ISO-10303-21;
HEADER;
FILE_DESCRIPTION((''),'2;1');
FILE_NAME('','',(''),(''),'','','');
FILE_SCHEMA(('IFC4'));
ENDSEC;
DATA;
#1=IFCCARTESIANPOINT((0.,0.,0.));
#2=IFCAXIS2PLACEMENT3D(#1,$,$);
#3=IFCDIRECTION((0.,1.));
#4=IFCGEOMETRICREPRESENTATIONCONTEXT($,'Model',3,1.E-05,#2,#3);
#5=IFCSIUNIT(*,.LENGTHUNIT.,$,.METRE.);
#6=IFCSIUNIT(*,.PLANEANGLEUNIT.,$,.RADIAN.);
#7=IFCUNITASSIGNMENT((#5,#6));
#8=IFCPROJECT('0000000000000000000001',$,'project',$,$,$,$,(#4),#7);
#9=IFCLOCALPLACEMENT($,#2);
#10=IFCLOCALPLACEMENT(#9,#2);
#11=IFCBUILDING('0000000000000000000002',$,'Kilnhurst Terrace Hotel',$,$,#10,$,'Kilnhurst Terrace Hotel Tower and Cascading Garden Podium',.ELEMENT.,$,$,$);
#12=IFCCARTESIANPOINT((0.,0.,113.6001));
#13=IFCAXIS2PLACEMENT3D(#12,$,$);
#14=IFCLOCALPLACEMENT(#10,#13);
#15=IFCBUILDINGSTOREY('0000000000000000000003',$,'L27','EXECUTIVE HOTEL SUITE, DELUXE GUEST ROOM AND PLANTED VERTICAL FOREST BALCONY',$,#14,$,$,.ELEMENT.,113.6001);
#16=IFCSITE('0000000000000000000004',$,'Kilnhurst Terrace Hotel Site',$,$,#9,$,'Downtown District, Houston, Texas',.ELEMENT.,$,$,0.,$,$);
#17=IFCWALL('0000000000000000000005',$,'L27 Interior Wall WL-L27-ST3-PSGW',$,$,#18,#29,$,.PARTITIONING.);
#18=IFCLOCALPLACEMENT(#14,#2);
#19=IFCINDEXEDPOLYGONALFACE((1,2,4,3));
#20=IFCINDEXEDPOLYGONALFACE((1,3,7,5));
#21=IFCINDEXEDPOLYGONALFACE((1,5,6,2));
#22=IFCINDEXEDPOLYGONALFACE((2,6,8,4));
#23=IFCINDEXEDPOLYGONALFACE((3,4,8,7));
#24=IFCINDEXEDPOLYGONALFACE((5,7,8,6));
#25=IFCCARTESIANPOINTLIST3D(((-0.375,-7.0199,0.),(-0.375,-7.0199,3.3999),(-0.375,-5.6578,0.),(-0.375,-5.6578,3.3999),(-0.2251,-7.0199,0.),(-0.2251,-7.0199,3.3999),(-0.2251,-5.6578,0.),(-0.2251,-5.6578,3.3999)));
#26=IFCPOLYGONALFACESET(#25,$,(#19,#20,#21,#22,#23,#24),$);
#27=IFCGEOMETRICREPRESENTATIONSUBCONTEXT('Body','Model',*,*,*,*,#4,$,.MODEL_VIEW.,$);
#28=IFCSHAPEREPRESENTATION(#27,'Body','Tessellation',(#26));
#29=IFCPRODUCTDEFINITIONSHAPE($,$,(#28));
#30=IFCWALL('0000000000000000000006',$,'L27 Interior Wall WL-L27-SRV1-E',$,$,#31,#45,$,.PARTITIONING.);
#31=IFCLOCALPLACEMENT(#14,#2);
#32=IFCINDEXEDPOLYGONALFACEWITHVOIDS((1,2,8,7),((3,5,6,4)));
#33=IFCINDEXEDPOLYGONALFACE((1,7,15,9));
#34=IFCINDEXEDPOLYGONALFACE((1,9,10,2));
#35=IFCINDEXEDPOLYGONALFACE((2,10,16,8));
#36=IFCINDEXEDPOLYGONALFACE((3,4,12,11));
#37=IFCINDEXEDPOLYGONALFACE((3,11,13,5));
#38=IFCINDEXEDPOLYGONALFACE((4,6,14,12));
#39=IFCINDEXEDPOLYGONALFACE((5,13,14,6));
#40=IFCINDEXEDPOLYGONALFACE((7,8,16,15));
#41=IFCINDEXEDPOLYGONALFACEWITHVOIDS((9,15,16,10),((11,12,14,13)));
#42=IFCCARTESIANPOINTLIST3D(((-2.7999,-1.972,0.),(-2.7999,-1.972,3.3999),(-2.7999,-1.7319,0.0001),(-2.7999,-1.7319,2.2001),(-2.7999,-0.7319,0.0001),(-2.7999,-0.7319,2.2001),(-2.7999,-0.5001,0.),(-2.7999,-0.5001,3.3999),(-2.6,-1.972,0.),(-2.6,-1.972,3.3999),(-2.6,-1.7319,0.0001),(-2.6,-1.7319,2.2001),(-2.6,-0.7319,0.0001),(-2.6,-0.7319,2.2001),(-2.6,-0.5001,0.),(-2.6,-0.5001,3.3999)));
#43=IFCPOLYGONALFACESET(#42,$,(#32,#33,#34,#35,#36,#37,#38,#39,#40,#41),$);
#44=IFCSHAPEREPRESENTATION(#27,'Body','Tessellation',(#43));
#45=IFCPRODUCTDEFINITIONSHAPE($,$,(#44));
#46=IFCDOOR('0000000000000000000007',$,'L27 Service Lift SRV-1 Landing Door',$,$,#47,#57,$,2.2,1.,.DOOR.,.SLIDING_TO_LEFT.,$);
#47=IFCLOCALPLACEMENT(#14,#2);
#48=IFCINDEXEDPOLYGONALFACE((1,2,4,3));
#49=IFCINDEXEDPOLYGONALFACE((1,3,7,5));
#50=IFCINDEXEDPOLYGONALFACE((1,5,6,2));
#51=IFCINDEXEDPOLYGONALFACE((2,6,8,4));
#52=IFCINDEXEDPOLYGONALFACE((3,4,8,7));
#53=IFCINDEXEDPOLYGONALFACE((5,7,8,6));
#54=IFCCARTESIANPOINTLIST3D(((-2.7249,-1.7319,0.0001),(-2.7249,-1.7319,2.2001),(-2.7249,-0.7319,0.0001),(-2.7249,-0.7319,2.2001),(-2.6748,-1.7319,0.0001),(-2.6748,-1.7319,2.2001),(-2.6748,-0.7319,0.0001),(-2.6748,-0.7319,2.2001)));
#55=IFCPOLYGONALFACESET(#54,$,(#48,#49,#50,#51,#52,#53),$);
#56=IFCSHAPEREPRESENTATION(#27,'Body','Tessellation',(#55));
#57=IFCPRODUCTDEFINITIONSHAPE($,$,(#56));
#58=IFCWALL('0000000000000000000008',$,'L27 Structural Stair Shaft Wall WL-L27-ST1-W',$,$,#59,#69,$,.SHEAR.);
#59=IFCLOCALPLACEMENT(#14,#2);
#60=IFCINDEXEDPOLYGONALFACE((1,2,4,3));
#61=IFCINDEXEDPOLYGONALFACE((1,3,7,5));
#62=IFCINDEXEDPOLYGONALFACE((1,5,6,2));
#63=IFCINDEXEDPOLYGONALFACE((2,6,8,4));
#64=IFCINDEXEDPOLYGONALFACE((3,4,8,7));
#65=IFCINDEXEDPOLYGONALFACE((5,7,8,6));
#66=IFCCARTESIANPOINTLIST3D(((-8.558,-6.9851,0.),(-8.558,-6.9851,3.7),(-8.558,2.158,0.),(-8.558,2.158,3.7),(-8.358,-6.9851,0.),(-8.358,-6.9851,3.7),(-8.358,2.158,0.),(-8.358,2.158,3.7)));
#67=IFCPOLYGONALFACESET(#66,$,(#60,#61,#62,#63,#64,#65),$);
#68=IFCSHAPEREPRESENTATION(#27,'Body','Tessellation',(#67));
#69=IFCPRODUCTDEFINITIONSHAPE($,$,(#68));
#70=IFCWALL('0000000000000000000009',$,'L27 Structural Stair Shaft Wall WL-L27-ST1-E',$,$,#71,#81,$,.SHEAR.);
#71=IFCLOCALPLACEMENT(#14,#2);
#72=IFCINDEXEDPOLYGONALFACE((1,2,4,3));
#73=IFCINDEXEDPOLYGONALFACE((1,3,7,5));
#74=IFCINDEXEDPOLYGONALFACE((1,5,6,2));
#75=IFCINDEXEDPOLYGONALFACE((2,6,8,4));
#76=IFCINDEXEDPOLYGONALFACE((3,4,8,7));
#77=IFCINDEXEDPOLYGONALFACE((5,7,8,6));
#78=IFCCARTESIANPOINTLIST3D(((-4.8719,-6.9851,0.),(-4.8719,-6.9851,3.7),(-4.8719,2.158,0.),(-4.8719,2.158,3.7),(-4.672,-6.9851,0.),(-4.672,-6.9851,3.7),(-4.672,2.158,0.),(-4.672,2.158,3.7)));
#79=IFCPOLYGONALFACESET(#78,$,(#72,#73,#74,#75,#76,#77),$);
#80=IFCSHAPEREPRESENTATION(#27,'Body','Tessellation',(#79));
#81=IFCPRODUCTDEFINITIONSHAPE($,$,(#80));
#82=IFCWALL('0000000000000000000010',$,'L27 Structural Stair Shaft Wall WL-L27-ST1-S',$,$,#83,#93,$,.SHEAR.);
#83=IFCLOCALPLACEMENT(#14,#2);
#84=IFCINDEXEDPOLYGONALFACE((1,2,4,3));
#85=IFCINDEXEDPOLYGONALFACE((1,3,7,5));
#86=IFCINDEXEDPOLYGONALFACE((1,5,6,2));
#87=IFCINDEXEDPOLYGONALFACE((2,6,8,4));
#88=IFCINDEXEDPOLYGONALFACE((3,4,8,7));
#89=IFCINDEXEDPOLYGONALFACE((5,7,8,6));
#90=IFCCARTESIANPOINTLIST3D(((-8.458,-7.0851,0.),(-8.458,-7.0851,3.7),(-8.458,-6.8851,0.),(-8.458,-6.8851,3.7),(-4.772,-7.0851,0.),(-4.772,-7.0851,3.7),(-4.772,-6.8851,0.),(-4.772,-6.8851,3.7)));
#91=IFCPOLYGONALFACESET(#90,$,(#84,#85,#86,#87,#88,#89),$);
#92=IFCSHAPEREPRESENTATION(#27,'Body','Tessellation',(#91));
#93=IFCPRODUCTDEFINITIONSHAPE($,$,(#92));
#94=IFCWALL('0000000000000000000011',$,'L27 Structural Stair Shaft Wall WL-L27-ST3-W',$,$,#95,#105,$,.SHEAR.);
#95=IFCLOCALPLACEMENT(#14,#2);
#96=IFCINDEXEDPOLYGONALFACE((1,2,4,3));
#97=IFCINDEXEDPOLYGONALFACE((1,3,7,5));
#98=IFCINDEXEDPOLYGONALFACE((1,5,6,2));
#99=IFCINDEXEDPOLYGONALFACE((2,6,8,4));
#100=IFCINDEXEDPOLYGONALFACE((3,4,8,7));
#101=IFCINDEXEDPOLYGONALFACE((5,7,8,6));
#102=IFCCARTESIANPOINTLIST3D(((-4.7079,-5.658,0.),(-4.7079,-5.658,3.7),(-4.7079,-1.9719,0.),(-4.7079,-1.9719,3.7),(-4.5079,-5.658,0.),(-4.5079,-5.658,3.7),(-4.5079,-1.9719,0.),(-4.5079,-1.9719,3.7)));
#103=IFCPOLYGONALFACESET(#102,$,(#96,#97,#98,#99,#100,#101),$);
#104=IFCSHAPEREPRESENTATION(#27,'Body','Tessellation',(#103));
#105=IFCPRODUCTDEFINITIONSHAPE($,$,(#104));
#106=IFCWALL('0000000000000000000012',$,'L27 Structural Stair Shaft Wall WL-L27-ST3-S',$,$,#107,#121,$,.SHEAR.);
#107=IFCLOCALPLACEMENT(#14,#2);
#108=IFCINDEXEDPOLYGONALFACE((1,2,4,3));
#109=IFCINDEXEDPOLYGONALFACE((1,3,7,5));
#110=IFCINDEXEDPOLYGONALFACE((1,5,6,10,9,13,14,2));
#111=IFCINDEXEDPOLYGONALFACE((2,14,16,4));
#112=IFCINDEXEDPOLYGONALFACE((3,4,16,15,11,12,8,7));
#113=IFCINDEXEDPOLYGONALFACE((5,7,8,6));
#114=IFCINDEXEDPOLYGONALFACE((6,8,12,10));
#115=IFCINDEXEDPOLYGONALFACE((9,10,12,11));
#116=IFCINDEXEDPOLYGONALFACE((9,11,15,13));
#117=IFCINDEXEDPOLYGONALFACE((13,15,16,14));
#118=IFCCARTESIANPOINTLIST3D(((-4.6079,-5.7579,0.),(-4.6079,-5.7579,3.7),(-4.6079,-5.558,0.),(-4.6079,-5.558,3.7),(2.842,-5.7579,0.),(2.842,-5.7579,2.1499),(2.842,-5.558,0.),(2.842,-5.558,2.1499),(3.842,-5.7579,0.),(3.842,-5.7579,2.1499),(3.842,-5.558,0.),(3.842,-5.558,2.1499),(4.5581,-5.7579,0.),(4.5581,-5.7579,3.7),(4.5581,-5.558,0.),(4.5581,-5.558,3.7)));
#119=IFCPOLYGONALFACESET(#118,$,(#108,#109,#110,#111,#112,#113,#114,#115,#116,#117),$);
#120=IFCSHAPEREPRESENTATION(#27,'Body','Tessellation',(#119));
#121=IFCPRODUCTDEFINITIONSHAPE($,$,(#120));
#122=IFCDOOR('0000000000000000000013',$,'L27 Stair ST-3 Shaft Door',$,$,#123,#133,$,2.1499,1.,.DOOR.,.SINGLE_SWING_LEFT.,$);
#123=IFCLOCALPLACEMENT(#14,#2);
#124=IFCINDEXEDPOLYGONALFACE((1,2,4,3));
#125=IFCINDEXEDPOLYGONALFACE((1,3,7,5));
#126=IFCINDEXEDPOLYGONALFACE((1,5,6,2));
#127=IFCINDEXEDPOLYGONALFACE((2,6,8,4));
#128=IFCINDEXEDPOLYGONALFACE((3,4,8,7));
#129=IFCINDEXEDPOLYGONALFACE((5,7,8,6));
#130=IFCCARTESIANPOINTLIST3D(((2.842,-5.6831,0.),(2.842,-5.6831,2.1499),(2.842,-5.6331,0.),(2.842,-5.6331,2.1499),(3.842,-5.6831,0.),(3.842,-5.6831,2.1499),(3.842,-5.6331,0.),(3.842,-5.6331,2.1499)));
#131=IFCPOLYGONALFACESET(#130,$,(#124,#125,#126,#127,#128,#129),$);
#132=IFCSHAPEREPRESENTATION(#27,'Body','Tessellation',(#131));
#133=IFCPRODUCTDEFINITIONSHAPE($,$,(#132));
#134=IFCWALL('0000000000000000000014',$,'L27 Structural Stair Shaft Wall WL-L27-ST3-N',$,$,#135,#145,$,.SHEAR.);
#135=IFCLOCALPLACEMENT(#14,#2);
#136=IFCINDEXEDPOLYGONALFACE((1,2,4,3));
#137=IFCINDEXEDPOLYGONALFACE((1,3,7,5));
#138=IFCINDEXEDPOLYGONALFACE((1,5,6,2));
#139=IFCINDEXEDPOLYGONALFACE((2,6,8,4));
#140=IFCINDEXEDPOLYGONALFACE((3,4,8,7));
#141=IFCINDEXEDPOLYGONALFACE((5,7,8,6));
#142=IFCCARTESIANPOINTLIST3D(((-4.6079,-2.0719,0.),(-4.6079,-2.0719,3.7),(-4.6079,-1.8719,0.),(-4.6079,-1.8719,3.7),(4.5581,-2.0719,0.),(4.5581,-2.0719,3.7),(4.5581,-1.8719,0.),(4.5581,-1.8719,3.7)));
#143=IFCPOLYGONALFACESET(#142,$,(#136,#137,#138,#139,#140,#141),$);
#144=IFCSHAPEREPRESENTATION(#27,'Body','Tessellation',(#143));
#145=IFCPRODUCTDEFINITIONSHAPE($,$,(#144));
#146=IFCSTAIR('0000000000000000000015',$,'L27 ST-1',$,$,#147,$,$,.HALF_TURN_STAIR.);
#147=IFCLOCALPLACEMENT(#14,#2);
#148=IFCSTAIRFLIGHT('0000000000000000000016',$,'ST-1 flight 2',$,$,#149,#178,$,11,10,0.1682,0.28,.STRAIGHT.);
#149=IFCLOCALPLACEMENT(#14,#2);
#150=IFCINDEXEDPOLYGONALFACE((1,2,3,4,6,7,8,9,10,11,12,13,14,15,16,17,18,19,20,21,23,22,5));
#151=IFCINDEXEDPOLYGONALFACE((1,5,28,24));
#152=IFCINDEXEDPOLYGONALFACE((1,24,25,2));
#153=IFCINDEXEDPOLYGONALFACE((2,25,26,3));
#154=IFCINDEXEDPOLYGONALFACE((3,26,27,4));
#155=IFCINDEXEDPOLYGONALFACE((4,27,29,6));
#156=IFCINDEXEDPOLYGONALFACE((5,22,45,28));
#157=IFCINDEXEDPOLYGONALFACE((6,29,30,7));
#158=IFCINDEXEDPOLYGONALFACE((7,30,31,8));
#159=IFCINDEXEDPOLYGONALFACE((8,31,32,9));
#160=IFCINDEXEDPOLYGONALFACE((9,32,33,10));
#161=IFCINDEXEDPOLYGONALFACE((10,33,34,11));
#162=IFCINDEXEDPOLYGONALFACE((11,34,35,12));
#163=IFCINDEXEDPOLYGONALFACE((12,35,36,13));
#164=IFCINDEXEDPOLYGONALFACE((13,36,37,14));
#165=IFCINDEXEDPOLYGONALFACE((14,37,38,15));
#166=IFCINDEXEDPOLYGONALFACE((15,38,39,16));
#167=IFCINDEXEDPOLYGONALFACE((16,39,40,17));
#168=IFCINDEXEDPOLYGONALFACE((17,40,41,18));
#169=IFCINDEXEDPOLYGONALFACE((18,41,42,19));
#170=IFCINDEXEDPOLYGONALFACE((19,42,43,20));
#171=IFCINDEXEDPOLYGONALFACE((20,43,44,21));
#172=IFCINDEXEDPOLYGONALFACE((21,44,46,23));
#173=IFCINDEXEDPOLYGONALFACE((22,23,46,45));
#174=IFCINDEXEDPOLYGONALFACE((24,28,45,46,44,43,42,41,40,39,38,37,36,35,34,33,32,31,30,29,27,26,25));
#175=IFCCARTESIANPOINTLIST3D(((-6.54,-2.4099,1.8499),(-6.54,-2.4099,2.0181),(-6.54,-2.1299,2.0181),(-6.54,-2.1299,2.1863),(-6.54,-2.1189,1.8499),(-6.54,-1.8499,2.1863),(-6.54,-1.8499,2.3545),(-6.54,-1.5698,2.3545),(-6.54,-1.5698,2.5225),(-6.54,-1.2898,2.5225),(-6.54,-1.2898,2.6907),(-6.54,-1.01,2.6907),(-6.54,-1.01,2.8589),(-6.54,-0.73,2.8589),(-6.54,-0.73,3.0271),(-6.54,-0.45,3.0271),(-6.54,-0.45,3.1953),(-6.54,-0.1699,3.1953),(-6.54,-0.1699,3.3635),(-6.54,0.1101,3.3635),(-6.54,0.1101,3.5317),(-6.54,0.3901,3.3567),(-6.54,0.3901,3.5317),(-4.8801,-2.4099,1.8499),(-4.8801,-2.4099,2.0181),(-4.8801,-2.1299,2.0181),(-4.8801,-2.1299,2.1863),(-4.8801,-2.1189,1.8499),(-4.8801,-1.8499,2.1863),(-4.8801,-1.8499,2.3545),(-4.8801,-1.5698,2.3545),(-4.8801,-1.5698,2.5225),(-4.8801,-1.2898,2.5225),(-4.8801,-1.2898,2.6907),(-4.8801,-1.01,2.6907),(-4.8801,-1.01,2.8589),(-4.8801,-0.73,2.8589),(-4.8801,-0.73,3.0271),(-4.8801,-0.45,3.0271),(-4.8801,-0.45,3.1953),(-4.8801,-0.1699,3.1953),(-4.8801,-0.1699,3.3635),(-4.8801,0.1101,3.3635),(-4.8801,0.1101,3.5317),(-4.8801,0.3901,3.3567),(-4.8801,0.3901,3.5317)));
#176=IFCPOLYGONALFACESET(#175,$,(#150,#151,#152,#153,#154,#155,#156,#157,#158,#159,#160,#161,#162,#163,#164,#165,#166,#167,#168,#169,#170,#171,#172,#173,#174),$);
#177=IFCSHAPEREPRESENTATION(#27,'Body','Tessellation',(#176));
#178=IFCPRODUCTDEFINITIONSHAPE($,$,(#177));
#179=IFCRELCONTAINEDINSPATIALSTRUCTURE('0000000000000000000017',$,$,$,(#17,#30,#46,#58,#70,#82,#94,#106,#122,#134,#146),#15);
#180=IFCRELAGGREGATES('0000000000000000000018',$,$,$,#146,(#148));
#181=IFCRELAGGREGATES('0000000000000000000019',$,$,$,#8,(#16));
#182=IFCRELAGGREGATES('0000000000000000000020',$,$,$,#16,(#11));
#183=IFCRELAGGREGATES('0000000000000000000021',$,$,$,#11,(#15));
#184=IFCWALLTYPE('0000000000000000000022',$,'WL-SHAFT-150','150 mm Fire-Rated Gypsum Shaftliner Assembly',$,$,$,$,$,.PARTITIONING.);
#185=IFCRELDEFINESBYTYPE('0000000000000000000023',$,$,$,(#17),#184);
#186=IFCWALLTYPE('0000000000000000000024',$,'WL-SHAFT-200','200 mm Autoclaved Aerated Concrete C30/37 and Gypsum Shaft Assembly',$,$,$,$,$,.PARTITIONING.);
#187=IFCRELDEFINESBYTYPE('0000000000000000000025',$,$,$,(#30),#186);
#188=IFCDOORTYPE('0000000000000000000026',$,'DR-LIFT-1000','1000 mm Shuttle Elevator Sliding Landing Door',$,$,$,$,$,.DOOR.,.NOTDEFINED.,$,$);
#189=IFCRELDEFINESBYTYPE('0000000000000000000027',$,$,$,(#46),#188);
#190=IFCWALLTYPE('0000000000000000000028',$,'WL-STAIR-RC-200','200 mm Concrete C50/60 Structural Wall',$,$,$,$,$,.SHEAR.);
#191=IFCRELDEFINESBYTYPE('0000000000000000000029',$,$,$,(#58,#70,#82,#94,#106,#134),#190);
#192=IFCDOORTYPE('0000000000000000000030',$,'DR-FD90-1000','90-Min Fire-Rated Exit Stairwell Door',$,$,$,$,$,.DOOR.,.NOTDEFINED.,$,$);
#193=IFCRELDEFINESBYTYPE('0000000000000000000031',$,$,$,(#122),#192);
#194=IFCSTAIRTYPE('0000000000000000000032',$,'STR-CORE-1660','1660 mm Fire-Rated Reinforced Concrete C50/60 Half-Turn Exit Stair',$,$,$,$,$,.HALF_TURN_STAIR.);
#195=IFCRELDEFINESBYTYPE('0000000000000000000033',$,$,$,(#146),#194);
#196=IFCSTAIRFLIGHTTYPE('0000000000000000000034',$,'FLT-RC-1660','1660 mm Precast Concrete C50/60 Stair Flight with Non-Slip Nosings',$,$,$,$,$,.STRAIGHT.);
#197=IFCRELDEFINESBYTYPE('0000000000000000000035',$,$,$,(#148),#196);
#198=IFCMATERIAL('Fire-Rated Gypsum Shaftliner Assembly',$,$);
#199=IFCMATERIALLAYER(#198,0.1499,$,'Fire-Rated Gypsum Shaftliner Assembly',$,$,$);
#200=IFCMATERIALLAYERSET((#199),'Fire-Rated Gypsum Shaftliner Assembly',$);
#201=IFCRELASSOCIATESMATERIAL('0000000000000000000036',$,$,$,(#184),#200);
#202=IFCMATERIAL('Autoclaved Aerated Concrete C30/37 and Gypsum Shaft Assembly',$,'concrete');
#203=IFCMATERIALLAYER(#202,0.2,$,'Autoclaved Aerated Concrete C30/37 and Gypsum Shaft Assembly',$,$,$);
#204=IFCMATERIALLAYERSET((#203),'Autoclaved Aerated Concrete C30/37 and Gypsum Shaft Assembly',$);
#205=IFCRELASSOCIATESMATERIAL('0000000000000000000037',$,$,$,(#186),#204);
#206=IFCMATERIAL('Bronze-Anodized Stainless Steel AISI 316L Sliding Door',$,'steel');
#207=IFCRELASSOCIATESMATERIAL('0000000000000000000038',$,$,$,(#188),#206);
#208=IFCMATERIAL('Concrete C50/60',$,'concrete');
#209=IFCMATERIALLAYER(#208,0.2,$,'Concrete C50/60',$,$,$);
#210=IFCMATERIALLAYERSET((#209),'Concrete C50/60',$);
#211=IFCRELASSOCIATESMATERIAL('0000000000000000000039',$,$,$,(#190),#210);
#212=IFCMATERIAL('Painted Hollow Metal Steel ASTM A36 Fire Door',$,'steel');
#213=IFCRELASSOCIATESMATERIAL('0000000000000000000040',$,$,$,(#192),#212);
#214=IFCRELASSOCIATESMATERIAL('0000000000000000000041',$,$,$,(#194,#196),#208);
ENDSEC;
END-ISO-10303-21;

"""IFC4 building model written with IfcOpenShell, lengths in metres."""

from ifc_helpers import new_model, si_unit, direction, frame, frame_2d, origin, place, context, subcontext, project, spatial, polyline, rectangle, outline, extrude, material, layer, layer_set, type_object, element, fill, aggregate, save


model = new_model("IFC4")

# Units and contexts
model_context = context("Model", 3, precision=1e-05, world=origin(), true_north=direction((0.0, 1.0)))
body_context = subcontext(model_context, "Body", "Model", "MODEL_VIEW")
ifc_project = project(units=[si_unit("LENGTHUNIT", "METRE"), si_unit("PLANEANGLEUNIT", "RADIAN")], contexts=[model_context])

# Site, building, storey
site_placement = place(None, origin())
site = spatial("IfcSite", under=ifc_project, at=site_placement, Name="Kilnhurst Terrace Hotel Site", LongName="Downtown District, Houston, Texas", CompositionType="ELEMENT", RefElevation=0.0)
building_placement = place(site_placement, origin())
building = spatial("IfcBuilding", under=site, at=building_placement, Name="Kilnhurst Terrace Hotel", LongName="Kilnhurst Terrace Hotel Tower and Cascading Garden Podium", CompositionType="ELEMENT")
storey_placement = place(building_placement, frame((0.0, 0.0, 113.6001)))
storey = spatial("IfcBuildingStorey", under=building, at=storey_placement, Name="L27", Description="EXECUTIVE HOTEL SUITE, DELUXE GUEST ROOM AND PLANTED VERTICAL FOREST BALCONY", CompositionType="ELEMENT", Elevation=113.6001)

# Shared definitions
ifc_material_1 = material(Name="Painted Hollow Metal Steel ASTM A36 Fire Door", Category="steel")

# Wall
ifc_material_2 = material(Name="Fire-Rated Gypsum Shaftliner Assembly")
ifc_layer_1 = layer(ifc_material_2, 0.1499, Name="Fire-Rated Gypsum Shaftliner Assembly")
ifc_layer_set_1 = layer_set([ifc_layer_1], Name="Fire-Rated Gypsum Shaftliner Assembly")
wall_type_1 = type_object("IfcWallType", Name="WL-SHAFT-150", Description="150 mm Fire-Rated Gypsum Shaftliner Assembly", PredefinedType="PARTITIONING", material=ifc_layer_set_1)
wall_1_placement = place(storey_placement, frame((-0.3, -7.02, 0.0), z_axis=(0.0, 0.0, 1.0), x_axis=(0.0, 1.0, 0.0)))
element("IfcWall", 1, at=wall_1_placement, inside=storey, type_object=wall_type_1, Name="L27 Interior Wall WL-L27-ST3-PSGW", PredefinedType="PARTITIONING", context=body_context, shape_type="SweptSolid", body=[
    extrude(rectangle(XDim=1.3621, YDim=0.1499, at=frame_2d((0.6812, 0.0))), origin(), (0.0, 0.0, 1.0), 3.3999),
])

# Wall, opening, door
ifc_material_3 = material(Name="Autoclaved Aerated Concrete C30/37 and Gypsum Shaft Assembly", Category="concrete")
ifc_layer_2 = layer(ifc_material_3, 0.2, Name="Autoclaved Aerated Concrete C30/37 and Gypsum Shaft Assembly")
ifc_layer_set_2 = layer_set([ifc_layer_2], Name="Autoclaved Aerated Concrete C30/37 and Gypsum Shaft Assembly")
wall_type_2 = type_object("IfcWallType", Name="WL-SHAFT-200", Description="200 mm Autoclaved Aerated Concrete C30/37 and Gypsum Shaft Assembly", PredefinedType="PARTITIONING", material=ifc_layer_set_2)
wall_2_placement = place(storey_placement, frame((-2.7, -1.9719, 0.0), z_axis=(0.0, 0.0, 1.0), x_axis=(0.0, 1.0, 0.0)))
wall_2 = element("IfcWall", 2, at=wall_2_placement, inside=storey, type_object=wall_type_2, Name="L27 Interior Wall WL-L27-SRV1-E", PredefinedType="PARTITIONING", context=body_context, shape_type="SweptSolid", body=[
    extrude(rectangle(XDim=1.4719, YDim=0.2, at=frame_2d((0.7358, 0.0))), origin(), (0.0, 0.0, 1.0), 3.3999),
])
opening_1_placement = place(wall_2_placement, frame((0.24, 0.0, 0.0)))
opening_1 = element("IfcOpeningElement", 3, at=opening_1_placement, cuts=wall_2, PredefinedType="OPENING", context=body_context, shape_type="SweptSolid", body=[
    extrude(rectangle(XDim=1.0, YDim=2.2, at=frame_2d((0.5, 1.1001))), frame((0.0, 0.1099, 0.0), z_axis=(0.0, -1.0, 0.0), x_axis=(1.0, 0.0, 0.0)), (0.0, 0.0, 1.0), 0.22),
])
ifc_material_4 = material(Name="Bronze-Anodized Stainless Steel AISI 316L Sliding Door", Category="steel")
door_type_1 = type_object("IfcDoorType", Name="DR-LIFT-1000", Description="1000 mm Shuttle Elevator Sliding Landing Door", OperationType="NOTDEFINED", PredefinedType="DOOR", material=ifc_material_4)
door_1_placement = place(opening_1_placement, origin())
door_1 = element("IfcDoor", 4, at=door_1_placement, inside=storey, type_object=door_type_1, Name="L27 Service Lift SRV-1 Landing Door", OperationType="SLIDING_TO_LEFT", OverallHeight=2.2, OverallWidth=1.0, PredefinedType="DOOR", context=body_context, shape_type="SweptSolid", body=[
    extrude(rectangle(XDim=1.0, YDim=2.2, at=frame_2d((0.5, 1.1001))), frame((0.0, 0.0249, 0.0), z_axis=(0.0, -1.0, 0.0), x_axis=(1.0, 0.0, 0.0)), (0.0, 0.0, 1.0), 0.05),
])
fill(opening_1, door_1)

# Walls
ifc_material_5 = material(Name="Concrete C50/60", Category="concrete")
ifc_layer_3 = layer(ifc_material_5, 0.2, Name="Concrete C50/60")
ifc_layer_set_3 = layer_set([ifc_layer_3], Name="Concrete C50/60")
wall_type_3 = type_object("IfcWallType", Name="WL-STAIR-RC-200", Description="200 mm Concrete C50/60 Structural Wall", PredefinedType="SHEAR", material=ifc_layer_set_3)
for number, where, z_axis, x_axis, name in (
    (5, (-8.458, -6.9851, 0.0), (0.0, 0.0, 1.0), (0.0, 1.0, 0.0), "L27 Structural Stair Shaft Wall WL-L27-ST1-W"),
    (6, (-4.772, -6.9851, 0.0), (0.0, 0.0, 1.0), (0.0, 1.0, 0.0), "L27 Structural Stair Shaft Wall WL-L27-ST1-E"),
):
    element("IfcWall", number, at=place(storey_placement, frame(where, z_axis=z_axis, x_axis=x_axis)), inside=storey, type_object=wall_type_3, Name=name, PredefinedType="SHEAR", context=body_context, shape_type="SweptSolid", body=[
        extrude(rectangle(XDim=9.1431, YDim=0.2, at=frame_2d((4.5715, 0.0))), origin(), (0.0, 0.0, 1.0), 3.7),
    ])
for number, where, z_axis, x_axis, name in (
    (7, (-8.458, -6.9851, 0.0), (0.0, 0.0, 1.0), (1.0, 0.0, 0.0), "L27 Structural Stair Shaft Wall WL-L27-ST1-S"),
    (8, (-4.6079, -5.658, 0.0), (0.0, 0.0, 1.0), (0.0, 1.0, 0.0), "L27 Structural Stair Shaft Wall WL-L27-ST3-W"),
):
    element("IfcWall", number, at=place(storey_placement, frame(where, z_axis=z_axis, x_axis=x_axis)), inside=storey, type_object=wall_type_3, Name=name, PredefinedType="SHEAR", context=body_context, shape_type="SweptSolid", body=[
        extrude(rectangle(XDim=3.686, YDim=0.2, at=frame_2d((1.843, 0.0))), origin(), (0.0, 0.0, 1.0), 3.7),
    ])

# Wall, opening, door
wall_3_placement = place(storey_placement, frame((-4.6079, -5.658, 0.0), z_axis=(0.0, 0.0, 1.0), x_axis=(1.0, 0.0, 0.0)))
wall_3 = element("IfcWall", 9, at=wall_3_placement, inside=storey, type_object=wall_type_3, Name="L27 Structural Stair Shaft Wall WL-L27-ST3-S", PredefinedType="SHEAR", context=body_context, shape_type="SweptSolid", body=[
    extrude(rectangle(XDim=9.166, YDim=0.2, at=frame_2d((4.583, 0.0))), origin(), (0.0, 0.0, 1.0), 3.7),
])
opening_2_placement = place(wall_3_placement, frame((7.45, 0.0, 0.0)))
opening_2 = element("IfcOpeningElement", 10, at=opening_2_placement, cuts=wall_3, PredefinedType="OPENING", context=body_context, shape_type="SweptSolid", body=[
    extrude(rectangle(XDim=1.0, YDim=2.1499, at=frame_2d((0.5, 1.075))), frame((0.0, 0.1099, 0.0), z_axis=(0.0, -1.0, 0.0), x_axis=(1.0, 0.0, 0.0)), (0.0, 0.0, 1.0), 0.22),
])
door_type_2 = type_object("IfcDoorType", Name="DR-FD90-1000", Description="90-Min Fire-Rated Exit Stairwell Door", OperationType="NOTDEFINED", PredefinedType="DOOR", material=ifc_material_1)
door_2_placement = place(opening_2_placement, origin())
door_2 = element("IfcDoor", 11, at=door_2_placement, inside=storey, type_object=door_type_2, Name="L27 Stair ST-3 Shaft Door", OperationType="SINGLE_SWING_LEFT", OverallHeight=2.1499, OverallWidth=1.0, PredefinedType="DOOR", context=body_context, shape_type="SweptSolid", body=[
    extrude(rectangle(XDim=1.0, YDim=2.1499, at=frame_2d((0.5, 1.075))), frame((0.0, 0.0249, 0.0), z_axis=(0.0, -1.0, 0.0), x_axis=(1.0, 0.0, 0.0)), (0.0, 0.0, 1.0), 0.05),
])
fill(opening_2, door_2)

# Wall
wall_4_placement = place(storey_placement, frame((-4.6079, -1.9719, 0.0), z_axis=(0.0, 0.0, 1.0), x_axis=(1.0, 0.0, 0.0)))
element("IfcWall", 12, at=wall_4_placement, inside=storey, type_object=wall_type_3, Name="L27 Structural Stair Shaft Wall WL-L27-ST3-N", PredefinedType="SHEAR", context=body_context, shape_type="SweptSolid", body=[
    extrude(rectangle(XDim=9.166, YDim=0.2, at=frame_2d((4.583, 0.0))), origin(), (0.0, 0.0, 1.0), 3.7),
])

# Stair, stair flight
stair_type = type_object("IfcStairType", Name="STR-CORE-1660", Description="1660 mm Fire-Rated Reinforced Concrete C50/60 Half-Turn Exit Stair", PredefinedType="HALF_TURN_STAIR", material=ifc_material_5)
stair_1_placement = place(storey_placement, origin())
stair_1 = element("IfcStair", 13, at=stair_1_placement, inside=storey, type_object=stair_type, Name="L27 ST-1", PredefinedType="HALF_TURN_STAIR")
stair_flight_type = type_object("IfcStairFlightType", Name="FLT-RC-1660", Description="1660 mm Precast Concrete C50/60 Stair Flight with Non-Slip Nosings", PredefinedType="STRAIGHT", material=ifc_material_5)
stair_flight_1_placement = place(storey_placement, frame((-5.71, -2.4099, 1.8499), z_axis=(0.0, 0.0, 1.0), x_axis=(0.0, 1.0, 0.0)))
stair_flight_1 = element("IfcStairFlight", 14, at=stair_flight_1_placement, type_object=stair_flight_type, Name="ST-1 flight 2", NumberOfRisers=11, NumberOfTreads=10, PredefinedType="STRAIGHT", RiserHeight=0.1682, TreadLength=0.28, context=body_context, shape_type="SweptSolid", body=[
    extrude(outline(polyline([(0.0, 0.0), (0.0, 0.1682), (0.28, 0.1682), (0.28, 0.3364), (0.5601, 0.3364), (0.5601, 0.5046), (0.8401, 0.5046), (0.8401, 0.6726), (1.1201, 0.6726), (1.1201, 0.8408), (1.3999, 0.8408), (1.3999, 1.009), (1.6799, 1.009), (1.6799, 1.1772), (1.96, 1.1772), (1.96, 1.3455), (2.24, 1.3455), (2.24, 1.5137), (2.52, 1.5137), (2.52, 1.6819), (2.8, 1.6819), (2.8, 1.8501), (2.8, 1.5068), (0.291, 0.0), (0.0, 0.0)])), frame((0.0, 0.8301, 0.0), z_axis=(0.0, -1.0, 0.0), x_axis=(1.0, 0.0, 0.0)), (0.0, 0.0, 1.0), 1.6599),
])
aggregate(stair_1, [stair_flight_1])

save(model, "model.ifc")
